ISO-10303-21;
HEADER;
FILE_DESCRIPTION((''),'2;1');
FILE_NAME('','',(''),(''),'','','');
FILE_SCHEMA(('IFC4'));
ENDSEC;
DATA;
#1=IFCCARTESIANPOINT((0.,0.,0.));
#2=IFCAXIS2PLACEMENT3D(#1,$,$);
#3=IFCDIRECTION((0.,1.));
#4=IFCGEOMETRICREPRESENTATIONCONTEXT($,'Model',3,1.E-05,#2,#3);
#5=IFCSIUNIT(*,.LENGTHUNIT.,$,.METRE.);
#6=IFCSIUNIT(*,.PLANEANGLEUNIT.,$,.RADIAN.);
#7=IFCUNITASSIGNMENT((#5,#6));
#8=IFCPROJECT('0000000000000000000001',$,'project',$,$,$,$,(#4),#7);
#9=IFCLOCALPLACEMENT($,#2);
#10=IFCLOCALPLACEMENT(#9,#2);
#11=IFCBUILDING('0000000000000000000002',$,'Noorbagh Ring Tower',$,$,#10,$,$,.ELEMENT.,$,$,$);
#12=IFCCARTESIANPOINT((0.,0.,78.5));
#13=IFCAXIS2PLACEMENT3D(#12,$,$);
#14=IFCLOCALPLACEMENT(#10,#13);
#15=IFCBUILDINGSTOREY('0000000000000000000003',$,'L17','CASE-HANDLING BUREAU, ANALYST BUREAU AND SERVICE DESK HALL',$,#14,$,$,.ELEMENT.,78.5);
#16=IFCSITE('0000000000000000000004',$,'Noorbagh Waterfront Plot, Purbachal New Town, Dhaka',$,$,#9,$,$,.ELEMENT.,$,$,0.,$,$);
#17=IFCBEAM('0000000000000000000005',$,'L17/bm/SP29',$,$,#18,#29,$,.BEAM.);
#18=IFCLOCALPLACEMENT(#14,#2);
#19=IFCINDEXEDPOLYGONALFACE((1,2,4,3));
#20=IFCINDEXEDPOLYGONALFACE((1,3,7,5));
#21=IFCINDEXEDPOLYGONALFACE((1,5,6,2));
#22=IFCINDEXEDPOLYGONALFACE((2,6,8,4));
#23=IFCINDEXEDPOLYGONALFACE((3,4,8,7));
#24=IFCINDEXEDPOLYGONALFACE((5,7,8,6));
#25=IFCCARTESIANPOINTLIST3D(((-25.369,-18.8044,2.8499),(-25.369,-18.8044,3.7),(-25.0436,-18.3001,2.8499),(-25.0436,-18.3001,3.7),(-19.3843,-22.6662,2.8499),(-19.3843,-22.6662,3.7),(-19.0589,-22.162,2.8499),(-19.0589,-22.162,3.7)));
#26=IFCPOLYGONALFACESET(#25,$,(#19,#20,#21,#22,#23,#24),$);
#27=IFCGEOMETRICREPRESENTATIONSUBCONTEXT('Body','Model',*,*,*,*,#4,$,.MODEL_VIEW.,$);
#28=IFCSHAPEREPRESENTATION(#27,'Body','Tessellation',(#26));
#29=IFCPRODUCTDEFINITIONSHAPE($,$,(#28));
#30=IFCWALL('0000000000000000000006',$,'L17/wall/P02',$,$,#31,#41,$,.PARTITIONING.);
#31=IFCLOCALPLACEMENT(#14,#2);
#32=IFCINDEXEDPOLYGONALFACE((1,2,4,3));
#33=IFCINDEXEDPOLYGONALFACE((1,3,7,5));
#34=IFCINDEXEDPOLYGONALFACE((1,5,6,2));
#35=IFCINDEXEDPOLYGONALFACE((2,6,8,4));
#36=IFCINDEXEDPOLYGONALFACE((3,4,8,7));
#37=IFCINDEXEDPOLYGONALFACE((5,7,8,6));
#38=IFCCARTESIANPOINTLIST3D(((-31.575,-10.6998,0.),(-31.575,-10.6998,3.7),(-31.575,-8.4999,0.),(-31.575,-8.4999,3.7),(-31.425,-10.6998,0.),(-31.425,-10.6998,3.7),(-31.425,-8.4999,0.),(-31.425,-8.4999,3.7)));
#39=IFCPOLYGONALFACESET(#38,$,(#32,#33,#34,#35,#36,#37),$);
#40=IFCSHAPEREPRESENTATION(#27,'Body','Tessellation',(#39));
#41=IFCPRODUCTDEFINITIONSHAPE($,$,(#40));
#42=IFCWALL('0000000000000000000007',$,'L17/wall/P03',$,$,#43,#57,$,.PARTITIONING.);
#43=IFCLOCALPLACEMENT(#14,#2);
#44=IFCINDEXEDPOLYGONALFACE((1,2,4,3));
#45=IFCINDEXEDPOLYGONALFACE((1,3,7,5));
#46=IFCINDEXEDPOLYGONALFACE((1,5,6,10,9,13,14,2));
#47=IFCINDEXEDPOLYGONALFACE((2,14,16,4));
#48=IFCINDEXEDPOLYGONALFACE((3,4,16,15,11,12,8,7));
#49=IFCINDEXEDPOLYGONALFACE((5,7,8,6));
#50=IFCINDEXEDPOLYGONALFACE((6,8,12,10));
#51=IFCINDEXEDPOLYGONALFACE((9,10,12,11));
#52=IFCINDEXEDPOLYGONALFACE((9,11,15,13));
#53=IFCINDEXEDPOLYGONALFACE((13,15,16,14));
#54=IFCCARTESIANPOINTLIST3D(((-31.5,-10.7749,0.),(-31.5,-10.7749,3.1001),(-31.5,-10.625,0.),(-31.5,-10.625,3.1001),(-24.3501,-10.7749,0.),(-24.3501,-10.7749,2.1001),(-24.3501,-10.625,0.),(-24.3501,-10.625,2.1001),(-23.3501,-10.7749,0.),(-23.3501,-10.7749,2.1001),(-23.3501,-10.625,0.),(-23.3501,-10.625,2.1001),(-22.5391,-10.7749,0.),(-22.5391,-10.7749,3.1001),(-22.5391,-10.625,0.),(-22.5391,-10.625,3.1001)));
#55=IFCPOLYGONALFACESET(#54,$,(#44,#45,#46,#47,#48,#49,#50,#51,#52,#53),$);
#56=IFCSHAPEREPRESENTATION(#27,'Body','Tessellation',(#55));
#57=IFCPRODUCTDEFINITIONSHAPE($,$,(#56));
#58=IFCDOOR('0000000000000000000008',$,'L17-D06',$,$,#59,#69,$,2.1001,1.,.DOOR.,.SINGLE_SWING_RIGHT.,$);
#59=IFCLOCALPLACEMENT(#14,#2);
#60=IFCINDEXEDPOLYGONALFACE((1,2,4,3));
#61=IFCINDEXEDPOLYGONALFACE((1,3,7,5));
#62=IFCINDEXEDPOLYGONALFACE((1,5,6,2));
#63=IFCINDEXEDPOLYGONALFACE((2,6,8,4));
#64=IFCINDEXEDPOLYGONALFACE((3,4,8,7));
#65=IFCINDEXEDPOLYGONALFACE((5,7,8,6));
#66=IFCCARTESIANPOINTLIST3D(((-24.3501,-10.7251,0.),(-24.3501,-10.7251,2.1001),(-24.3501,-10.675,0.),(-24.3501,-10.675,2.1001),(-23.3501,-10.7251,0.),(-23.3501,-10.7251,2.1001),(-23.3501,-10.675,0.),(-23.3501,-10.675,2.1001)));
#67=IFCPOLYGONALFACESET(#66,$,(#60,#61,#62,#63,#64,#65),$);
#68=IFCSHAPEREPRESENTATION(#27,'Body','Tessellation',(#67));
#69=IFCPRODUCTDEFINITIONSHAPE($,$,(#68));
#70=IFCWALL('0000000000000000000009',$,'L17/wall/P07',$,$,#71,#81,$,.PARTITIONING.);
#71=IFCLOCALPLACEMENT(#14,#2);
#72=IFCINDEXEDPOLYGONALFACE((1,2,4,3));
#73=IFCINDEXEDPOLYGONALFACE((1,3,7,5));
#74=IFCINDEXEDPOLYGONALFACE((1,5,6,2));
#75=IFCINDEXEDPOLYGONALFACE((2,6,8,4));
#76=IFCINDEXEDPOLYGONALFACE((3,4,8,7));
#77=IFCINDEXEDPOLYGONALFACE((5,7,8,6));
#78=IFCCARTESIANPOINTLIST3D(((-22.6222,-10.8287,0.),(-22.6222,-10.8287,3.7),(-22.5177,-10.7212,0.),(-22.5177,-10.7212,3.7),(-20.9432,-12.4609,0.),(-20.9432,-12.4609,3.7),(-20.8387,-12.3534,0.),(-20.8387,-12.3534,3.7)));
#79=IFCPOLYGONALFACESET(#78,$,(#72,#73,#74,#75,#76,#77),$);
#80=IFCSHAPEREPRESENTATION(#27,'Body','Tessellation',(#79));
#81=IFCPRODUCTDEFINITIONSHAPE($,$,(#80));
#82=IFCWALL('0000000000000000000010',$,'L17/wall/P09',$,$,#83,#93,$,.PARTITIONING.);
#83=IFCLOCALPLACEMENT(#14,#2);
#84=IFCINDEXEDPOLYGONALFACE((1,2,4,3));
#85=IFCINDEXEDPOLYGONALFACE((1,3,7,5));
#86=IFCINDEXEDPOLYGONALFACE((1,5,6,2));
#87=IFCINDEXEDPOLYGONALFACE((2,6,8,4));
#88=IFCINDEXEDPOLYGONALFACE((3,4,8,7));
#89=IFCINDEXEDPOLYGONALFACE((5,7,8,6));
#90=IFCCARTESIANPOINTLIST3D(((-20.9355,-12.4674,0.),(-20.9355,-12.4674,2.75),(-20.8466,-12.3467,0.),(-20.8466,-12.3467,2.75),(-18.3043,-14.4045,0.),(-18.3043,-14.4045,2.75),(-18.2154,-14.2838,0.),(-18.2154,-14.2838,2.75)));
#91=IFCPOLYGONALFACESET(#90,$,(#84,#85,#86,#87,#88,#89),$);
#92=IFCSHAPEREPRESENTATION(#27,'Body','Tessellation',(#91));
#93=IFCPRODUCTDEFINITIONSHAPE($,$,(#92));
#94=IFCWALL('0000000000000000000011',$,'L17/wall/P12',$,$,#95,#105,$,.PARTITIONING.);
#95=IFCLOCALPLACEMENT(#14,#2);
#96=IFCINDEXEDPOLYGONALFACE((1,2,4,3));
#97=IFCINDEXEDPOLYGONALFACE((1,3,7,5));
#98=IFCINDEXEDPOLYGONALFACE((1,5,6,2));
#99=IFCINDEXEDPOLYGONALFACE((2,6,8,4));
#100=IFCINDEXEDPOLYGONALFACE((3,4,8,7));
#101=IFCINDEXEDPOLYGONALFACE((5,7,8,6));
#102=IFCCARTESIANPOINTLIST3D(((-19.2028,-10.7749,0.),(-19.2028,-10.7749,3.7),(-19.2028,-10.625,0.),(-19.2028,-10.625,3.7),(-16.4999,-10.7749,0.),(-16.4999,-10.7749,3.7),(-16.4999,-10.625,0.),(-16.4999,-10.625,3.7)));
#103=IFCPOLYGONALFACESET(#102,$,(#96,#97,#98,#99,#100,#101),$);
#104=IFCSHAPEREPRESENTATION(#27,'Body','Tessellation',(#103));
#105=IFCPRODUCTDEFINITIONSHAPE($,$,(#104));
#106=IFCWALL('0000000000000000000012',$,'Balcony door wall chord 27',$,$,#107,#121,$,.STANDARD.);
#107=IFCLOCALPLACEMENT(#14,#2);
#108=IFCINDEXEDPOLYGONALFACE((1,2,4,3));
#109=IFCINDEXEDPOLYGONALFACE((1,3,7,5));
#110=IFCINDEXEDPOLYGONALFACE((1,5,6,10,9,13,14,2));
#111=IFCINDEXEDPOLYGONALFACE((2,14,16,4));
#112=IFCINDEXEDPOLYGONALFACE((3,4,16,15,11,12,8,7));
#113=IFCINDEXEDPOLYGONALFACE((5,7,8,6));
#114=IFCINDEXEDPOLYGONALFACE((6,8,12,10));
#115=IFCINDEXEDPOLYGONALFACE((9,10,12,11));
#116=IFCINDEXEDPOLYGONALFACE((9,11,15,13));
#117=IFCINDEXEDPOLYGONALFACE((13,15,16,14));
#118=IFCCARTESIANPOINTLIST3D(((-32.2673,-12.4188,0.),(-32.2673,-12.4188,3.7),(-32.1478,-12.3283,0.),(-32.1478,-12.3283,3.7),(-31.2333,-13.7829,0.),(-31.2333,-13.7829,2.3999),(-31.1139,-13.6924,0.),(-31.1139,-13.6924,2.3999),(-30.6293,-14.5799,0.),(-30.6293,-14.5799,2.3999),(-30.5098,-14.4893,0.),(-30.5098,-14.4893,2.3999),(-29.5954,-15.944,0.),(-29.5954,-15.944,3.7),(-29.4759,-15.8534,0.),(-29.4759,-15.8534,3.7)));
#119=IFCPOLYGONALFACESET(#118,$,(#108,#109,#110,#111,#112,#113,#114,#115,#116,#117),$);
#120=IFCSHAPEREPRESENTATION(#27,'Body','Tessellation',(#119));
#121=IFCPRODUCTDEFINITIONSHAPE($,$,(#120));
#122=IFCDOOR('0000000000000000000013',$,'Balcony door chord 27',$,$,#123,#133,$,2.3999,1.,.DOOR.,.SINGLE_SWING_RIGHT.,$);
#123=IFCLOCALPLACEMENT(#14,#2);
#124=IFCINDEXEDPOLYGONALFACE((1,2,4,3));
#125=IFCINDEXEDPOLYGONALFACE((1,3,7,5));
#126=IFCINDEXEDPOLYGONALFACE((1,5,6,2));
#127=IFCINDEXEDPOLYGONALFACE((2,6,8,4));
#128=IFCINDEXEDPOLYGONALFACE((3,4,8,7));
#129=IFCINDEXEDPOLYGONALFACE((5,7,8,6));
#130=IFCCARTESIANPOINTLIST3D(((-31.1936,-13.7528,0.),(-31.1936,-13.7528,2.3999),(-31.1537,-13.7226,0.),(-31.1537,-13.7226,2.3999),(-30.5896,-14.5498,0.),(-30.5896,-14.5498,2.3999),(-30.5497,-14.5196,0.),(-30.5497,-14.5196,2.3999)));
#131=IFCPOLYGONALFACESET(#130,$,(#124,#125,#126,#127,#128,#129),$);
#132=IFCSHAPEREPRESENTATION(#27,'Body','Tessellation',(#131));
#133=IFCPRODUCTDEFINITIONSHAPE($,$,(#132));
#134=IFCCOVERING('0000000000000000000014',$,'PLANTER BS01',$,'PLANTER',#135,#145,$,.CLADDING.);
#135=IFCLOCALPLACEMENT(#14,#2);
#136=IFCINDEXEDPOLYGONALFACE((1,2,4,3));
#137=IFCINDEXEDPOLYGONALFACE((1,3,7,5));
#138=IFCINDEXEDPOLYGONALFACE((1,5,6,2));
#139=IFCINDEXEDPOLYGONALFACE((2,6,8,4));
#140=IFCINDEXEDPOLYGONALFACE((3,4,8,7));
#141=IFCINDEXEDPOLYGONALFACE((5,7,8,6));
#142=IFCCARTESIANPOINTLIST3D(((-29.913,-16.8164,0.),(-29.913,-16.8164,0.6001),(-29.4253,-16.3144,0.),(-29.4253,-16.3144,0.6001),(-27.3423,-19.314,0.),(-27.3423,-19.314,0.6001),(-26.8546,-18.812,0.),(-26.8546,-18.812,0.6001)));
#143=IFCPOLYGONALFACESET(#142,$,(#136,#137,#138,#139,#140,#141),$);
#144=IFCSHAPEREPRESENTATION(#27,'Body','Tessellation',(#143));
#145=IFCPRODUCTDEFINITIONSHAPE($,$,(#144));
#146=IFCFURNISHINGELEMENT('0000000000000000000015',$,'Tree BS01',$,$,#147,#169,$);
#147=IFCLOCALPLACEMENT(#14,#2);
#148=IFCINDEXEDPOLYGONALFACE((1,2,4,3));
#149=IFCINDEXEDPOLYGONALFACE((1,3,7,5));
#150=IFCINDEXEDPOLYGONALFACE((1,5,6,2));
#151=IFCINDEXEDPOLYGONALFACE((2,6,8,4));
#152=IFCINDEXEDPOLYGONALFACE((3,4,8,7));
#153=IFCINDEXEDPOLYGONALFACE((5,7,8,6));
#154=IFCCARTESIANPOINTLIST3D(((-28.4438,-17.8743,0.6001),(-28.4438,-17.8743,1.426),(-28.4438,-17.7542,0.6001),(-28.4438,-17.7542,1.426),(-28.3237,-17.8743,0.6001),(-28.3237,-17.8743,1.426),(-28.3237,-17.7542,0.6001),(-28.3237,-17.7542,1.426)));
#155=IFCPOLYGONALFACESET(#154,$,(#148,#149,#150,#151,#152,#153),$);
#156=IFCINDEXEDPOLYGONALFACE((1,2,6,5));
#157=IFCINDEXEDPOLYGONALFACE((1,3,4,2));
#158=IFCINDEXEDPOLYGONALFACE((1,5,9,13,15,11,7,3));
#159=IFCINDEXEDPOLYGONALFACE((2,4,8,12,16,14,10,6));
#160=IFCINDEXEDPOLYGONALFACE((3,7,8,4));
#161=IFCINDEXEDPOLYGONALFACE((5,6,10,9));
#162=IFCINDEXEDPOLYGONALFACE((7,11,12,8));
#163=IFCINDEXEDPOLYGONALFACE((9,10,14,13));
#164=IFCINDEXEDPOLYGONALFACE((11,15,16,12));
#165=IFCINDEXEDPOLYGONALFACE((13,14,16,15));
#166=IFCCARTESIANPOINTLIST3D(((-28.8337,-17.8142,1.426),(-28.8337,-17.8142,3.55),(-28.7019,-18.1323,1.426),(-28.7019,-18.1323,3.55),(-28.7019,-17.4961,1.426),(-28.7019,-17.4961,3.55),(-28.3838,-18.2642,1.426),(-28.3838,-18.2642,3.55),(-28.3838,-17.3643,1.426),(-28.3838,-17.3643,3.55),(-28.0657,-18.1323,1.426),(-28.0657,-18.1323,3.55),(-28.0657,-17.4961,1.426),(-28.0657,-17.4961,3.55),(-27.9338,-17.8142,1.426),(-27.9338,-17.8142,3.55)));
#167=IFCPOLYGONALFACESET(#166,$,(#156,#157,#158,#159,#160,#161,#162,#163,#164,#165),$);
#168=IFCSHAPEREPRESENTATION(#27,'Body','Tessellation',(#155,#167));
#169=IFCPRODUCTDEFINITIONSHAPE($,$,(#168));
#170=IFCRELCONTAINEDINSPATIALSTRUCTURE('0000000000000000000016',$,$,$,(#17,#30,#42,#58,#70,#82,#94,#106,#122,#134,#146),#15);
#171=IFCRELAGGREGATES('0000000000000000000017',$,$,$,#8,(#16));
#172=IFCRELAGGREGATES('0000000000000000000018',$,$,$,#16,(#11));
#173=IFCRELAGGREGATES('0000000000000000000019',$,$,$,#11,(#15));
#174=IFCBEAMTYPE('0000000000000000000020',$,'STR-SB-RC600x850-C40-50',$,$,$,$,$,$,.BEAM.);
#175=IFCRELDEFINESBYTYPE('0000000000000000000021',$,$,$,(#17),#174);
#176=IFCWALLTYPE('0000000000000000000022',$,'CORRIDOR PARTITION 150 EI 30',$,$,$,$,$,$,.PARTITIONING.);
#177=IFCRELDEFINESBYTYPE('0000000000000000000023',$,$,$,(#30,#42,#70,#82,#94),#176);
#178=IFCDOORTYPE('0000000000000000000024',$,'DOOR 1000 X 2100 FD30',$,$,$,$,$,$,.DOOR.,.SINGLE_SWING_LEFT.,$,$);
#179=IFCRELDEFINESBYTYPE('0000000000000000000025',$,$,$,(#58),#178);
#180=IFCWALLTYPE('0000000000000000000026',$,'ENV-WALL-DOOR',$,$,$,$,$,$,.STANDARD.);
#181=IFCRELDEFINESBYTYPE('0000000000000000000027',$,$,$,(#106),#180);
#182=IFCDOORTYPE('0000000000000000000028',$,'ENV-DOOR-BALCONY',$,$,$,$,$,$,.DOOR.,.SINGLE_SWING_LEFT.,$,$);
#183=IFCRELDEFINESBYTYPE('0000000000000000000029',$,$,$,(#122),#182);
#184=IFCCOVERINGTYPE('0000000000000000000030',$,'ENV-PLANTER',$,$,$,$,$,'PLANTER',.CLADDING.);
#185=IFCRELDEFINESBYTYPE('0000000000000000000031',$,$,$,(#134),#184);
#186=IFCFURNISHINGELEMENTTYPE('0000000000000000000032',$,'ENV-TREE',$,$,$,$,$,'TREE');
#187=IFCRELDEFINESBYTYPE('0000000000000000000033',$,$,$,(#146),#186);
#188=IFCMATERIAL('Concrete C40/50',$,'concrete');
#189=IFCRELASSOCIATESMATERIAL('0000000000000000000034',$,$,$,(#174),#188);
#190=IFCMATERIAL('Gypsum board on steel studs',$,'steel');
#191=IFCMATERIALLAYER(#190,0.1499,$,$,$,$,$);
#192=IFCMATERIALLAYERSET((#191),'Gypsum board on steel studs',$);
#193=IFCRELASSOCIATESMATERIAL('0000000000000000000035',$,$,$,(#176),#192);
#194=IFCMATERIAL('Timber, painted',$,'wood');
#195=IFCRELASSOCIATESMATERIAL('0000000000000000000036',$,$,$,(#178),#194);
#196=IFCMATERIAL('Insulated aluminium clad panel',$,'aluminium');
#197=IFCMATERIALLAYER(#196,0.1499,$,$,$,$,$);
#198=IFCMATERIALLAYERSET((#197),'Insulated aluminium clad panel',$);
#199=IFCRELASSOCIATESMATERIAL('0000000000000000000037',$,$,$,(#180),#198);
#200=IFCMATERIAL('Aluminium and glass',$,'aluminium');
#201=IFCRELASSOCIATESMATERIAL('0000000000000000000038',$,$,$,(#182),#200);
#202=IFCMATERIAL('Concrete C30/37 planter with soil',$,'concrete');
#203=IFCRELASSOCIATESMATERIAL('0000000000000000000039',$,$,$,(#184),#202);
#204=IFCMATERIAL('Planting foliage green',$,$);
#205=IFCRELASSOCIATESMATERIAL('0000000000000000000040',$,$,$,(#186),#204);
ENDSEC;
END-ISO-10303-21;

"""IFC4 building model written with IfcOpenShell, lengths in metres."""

from ifc_helpers import new_model, si_unit, direction, frame, frame_2d, origin, origin_2d, place, context, subcontext, project, spatial, polyline, rectangle, outline, extrude, material, layer, layer_set, material_profile, profile_set, type_object, element, fill, save


model = new_model("IFC4")

# Units and contexts
model_context = context("Model", 3, precision=1e-05, world=origin(), true_north=direction((0.0, 1.0)))
body_context = subcontext(model_context, "Body", "Model", "MODEL_VIEW")
ifc_project = project(units=[si_unit("LENGTHUNIT", "METRE"), si_unit("PLANEANGLEUNIT", "RADIAN")], contexts=[model_context])

# Site, building, storey
site_placement = place(None, origin())
site = spatial("IfcSite", under=ifc_project, at=site_placement, Name="Noorbagh Waterfront Plot, Purbachal New Town, Dhaka", CompositionType="ELEMENT", RefElevation=0.0)
building_placement = place(site_placement, origin())
building = spatial("IfcBuilding", under=site, at=building_placement, Name="Noorbagh Ring Tower", CompositionType="ELEMENT")
storey_placement = place(building_placement, frame((0.0, 0.0, 78.5)))
storey = spatial("IfcBuildingStorey", under=building, at=storey_placement, Name="L17", Description="CASE-HANDLING BUREAU, ANALYST BUREAU AND SERVICE DESK HALL", CompositionType="ELEMENT", Elevation=78.5)

# Beam
ifc_material_1 = material(Name="Concrete C40/50", Category="concrete")
ifc_material_profile_1 = material_profile(ifc_material_1, rectangle(XDim=0.6001, YDim=0.8501, at=origin_2d()), Name="RC600x850")
ifc_profile_set_1 = profile_set([ifc_material_profile_1], Name="Concrete C40/50")
beam_type_1 = type_object("IfcBeamType", Name="STR-SB-RC600x850-C40-50", PredefinedType="BEAM", material=ifc_profile_set_1)
beam_1_placement = place(storey_placement, frame((-25.2063, -18.5522, 3.2749), z_axis=(0.840247, -0.542203, 0.0), x_axis=(0.542203, 0.840247, 0.0)))
element("IfcBeam", 1, at=beam_1_placement, inside=storey, type_object=beam_type_1, Name="L17/bm/SP29", PredefinedType="BEAM", context=body_context, shape_type="SweptSolid", body=[
    extrude(rectangle(XDim=0.6001, YDim=0.8501, at=origin_2d()), origin(), (0.0, 0.0, 1.0), 7.1226),
])

# Wall
ifc_material_2 = material(Name="Gypsum board on steel studs", Category="steel")
ifc_layer_1 = layer(ifc_material_2, 0.1499)
ifc_layer_set_1 = layer_set([ifc_layer_1], Name="Gypsum board on steel studs")
wall_type_1 = type_object("IfcWallType", Name="CORRIDOR PARTITION 150 EI 30", PredefinedType="PARTITIONING", material=ifc_layer_set_1)
wall_1_placement = place(storey_placement, frame((-31.5, -10.7, 0.0), z_axis=(0.0, 0.0, 1.0), x_axis=(0.0, 1.0, 0.0)))
element("IfcWall", 2, at=wall_1_placement, inside=storey, type_object=wall_type_1, Name="L17/wall/P02", PredefinedType="PARTITIONING", context=body_context, shape_type="SweptSolid", body=[
    extrude(rectangle(XDim=2.2, YDim=0.1499, at=frame_2d((1.1001, 0.0))), origin(), (0.0, 0.0, 1.0), 3.7),
])

# Wall, opening, door
wall_2_placement = place(storey_placement, frame((-31.5, -10.7, 0.0), z_axis=(0.0, 0.0, 1.0), x_axis=(1.0, 0.0, 0.0)))
wall_2 = element("IfcWall", 3, at=wall_2_placement, inside=storey, type_object=wall_type_1, Name="L17/wall/P03", PredefinedType="PARTITIONING", context=body_context, shape_type="SweptSolid", body=[
    extrude(rectangle(XDim=8.9609, YDim=0.1499, at=frame_2d((4.4805, 0.0))), origin(), (0.0, 0.0, 1.0), 3.1001),
])
opening_1_placement = place(wall_2_placement, frame((7.1499, 0.0, 0.0)))
opening_1 = element("IfcOpeningElement", 4, at=opening_1_placement, cuts=wall_2, PredefinedType="OPENING", context=body_context, shape_type="SweptSolid", body=[
    extrude(rectangle(XDim=1.0, YDim=2.1001, at=frame_2d((0.5, 1.05))), frame((0.0, 0.085, 0.0), z_axis=(0.0, -1.0, 0.0), x_axis=(1.0, 0.0, 0.0)), (0.0, 0.0, 1.0), 0.1699),
])
ifc_material_3 = material(Name="Timber, painted", Category="wood")
door_type_1 = type_object("IfcDoorType", Name="DOOR 1000 X 2100 FD30", OperationType="SINGLE_SWING_LEFT", PredefinedType="DOOR", material=ifc_material_3)
door_1_placement = place(opening_1_placement, origin())
door_1 = element("IfcDoor", 5, at=door_1_placement, inside=storey, type_object=door_type_1, Name="L17-D06", OperationType="SINGLE_SWING_RIGHT", OverallHeight=2.1001, OverallWidth=1.0, PredefinedType="DOOR", context=body_context, shape_type="SweptSolid", body=[
    extrude(rectangle(XDim=1.0, YDim=2.1001, at=frame_2d((0.5, 1.05))), frame((0.0, 0.0249, 0.0), z_axis=(0.0, -1.0, 0.0), x_axis=(1.0, 0.0, 0.0)), (0.0, 0.0, 1.0), 0.05),
])
fill(opening_1, door_1)

# Walls
wall_3_placement = place(storey_placement, frame((-22.5701, -10.7749, 0.0), z_axis=(0.0, 0.0, 1.0), x_axis=(0.717046, -0.697026, 0.0)))
element("IfcWall", 6, at=wall_3_placement, inside=storey, type_object=wall_type_1, Name="L17/wall/P07", PredefinedType="PARTITIONING", context=body_context, shape_type="SweptSolid", body=[
    extrude(rectangle(XDim=2.3416, YDim=0.1499, at=frame_2d((1.1709, 0.0))), origin(), (0.0, 0.0, 1.0), 3.7),
])
wall_4_placement = place(storey_placement, frame((-20.8911, -12.407, 0.0), z_axis=(0.0, 0.0, 1.0), x_axis=(0.805304, -0.592863, 0.0)))
element("IfcWall", 7, at=wall_4_placement, inside=storey, type_object=wall_type_1, Name="L17/wall/P09", PredefinedType="PARTITIONING", context=body_context, shape_type="SweptSolid", body=[
    extrude(rectangle(XDim=3.2673, YDim=0.1499, at=frame_2d((1.6338, 0.0))), origin(), (0.0, 0.0, 1.0), 2.75),
])
wall_5_placement = place(storey_placement, frame((-19.2029, -10.7, 0.0), z_axis=(0.0, 0.0, 1.0), x_axis=(1.0, 0.0, 0.0)))
element("IfcWall", 8, at=wall_5_placement, inside=storey, type_object=wall_type_1, Name="L17/wall/P12", PredefinedType="PARTITIONING", context=body_context, shape_type="SweptSolid", body=[
    extrude(rectangle(XDim=2.7029, YDim=0.1499, at=frame_2d((1.3516, 0.0))), origin(), (0.0, 0.0, 1.0), 3.7),
])

# Wall, opening, door
ifc_material_4 = material(Name="Insulated aluminium clad panel", Category="aluminium")
ifc_layer_2 = layer(ifc_material_4, 0.1499)
ifc_layer_set_2 = layer_set([ifc_layer_2], Name="Insulated aluminium clad panel")
wall_type_2 = type_object("IfcWallType", Name="ENV-WALL-DOOR", PredefinedType="STANDARD", material=ifc_layer_set_2)
wall_6_placement = place(storey_placement, frame((-32.2075, -12.3735, 0.0), z_axis=(0.0, 0.0, 1.0), x_axis=(0.604046, -0.79695, 0.0)))
wall_6 = element("IfcWall", 9, at=wall_6_placement, inside=storey, type_object=wall_type_2, Name="Balcony door wall chord 27", PredefinedType="STANDARD", context=body_context, shape_type="SweptSolid", body=[
    extrude(rectangle(XDim=4.4233, YDim=0.1499, at=frame_2d((2.2117, 0.0))), origin(), (0.0, 0.0, 1.0), 3.7),
])
opening_2_placement = place(wall_6_placement, frame((1.7117, 0.0, 0.0)))
opening_2 = element("IfcOpeningElement", 10, at=opening_2_placement, cuts=wall_6, PredefinedType="OPENING", context=body_context, shape_type="SweptSolid", body=[
    extrude(rectangle(XDim=1.0, YDim=2.3999, at=frame_2d((0.5, 1.2))), frame((0.0, 0.085, 0.0), z_axis=(0.0, -1.0, 0.0), x_axis=(1.0, 0.0, 0.0)), (0.0, 0.0, 1.0), 0.1699),
])
ifc_material_5 = material(Name="Aluminium and glass", Category="aluminium")
door_type_2 = type_object("IfcDoorType", Name="ENV-DOOR-BALCONY", OperationType="SINGLE_SWING_LEFT", PredefinedType="DOOR", material=ifc_material_5)
door_2_placement = place(opening_2_placement, origin())
door_2 = element("IfcDoor", 11, at=door_2_placement, inside=storey, type_object=door_type_2, Name="Balcony door chord 27", OperationType="SINGLE_SWING_RIGHT", OverallHeight=2.3999, OverallWidth=1.0, PredefinedType="DOOR", context=body_context, shape_type="SweptSolid", body=[
    extrude(rectangle(XDim=1.0, YDim=2.3999, at=frame_2d((0.5, 1.2))), frame((0.0, 0.0249, 0.0), z_axis=(0.0, -1.0, 0.0), x_axis=(1.0, 0.0, 0.0)), (0.0, 0.0, 1.0), 0.05),
])
fill(opening_2, door_2)

# Covering
ifc_material_6 = material(Name="Concrete C30/37 planter with soil", Category="concrete")
covering_type = type_object("IfcCoveringType", Name="ENV-PLANTER", ElementType="PLANTER", PredefinedType="CLADDING", material=ifc_material_6)
covering_placement = place(storey_placement, frame((-28.3838, -17.8142, 0.0), z_axis=(0.0, 0.0, 1.0), x_axis=(0.717225, -0.696842, 0.0)))
element("IfcCovering", 12, at=covering_placement, inside=storey, type_object=covering_type, Name="PLANTER BS01", ObjectType="PLANTER", PredefinedType="CLADDING", context=body_context, shape_type="SweptSolid", body=[
    extrude(rectangle(XDim=3.5842, YDim=0.7, at=origin_2d()), origin(), (0.0, 0.0, 1.0), 0.6001),
])

# Furnishing element
ifc_material_7 = material(Name="Planting foliage green")
furnishing_element_type = type_object("IfcFurnishingElementType", Name="ENV-TREE", ElementType="TREE", material=ifc_material_7)
furnishing_placement = place(storey_placement, frame((-28.3838, -17.8142, 0.6001), z_axis=(0.0, 0.0, 1.0), x_axis=(1.0, 0.0, 0.0)))
element("IfcFurnishingElement", 13, at=furnishing_placement, inside=storey, type_object=furnishing_element_type, Name="Tree BS01", context=body_context, shape_type="SweptSolid", body=[
    extrude(rectangle(XDim=0.1201, YDim=0.1201, at=origin_2d()), origin(), (0.0, 0.0, 1.0), 0.8259),
    extrude(outline(polyline([(0.45, 0.0), (0.3181, 0.3181), (0.0, 0.45), (-0.3181, 0.3181), (-0.45, 0.0), (-0.3181, -0.3181), (0.0, -0.45), (0.3181, -0.3181), (0.45, 0.0)])), frame((0.0, 0.0, 0.8259)), (0.0, 0.0, 1.0), 2.124),
])

save(model, "model.ifc")
